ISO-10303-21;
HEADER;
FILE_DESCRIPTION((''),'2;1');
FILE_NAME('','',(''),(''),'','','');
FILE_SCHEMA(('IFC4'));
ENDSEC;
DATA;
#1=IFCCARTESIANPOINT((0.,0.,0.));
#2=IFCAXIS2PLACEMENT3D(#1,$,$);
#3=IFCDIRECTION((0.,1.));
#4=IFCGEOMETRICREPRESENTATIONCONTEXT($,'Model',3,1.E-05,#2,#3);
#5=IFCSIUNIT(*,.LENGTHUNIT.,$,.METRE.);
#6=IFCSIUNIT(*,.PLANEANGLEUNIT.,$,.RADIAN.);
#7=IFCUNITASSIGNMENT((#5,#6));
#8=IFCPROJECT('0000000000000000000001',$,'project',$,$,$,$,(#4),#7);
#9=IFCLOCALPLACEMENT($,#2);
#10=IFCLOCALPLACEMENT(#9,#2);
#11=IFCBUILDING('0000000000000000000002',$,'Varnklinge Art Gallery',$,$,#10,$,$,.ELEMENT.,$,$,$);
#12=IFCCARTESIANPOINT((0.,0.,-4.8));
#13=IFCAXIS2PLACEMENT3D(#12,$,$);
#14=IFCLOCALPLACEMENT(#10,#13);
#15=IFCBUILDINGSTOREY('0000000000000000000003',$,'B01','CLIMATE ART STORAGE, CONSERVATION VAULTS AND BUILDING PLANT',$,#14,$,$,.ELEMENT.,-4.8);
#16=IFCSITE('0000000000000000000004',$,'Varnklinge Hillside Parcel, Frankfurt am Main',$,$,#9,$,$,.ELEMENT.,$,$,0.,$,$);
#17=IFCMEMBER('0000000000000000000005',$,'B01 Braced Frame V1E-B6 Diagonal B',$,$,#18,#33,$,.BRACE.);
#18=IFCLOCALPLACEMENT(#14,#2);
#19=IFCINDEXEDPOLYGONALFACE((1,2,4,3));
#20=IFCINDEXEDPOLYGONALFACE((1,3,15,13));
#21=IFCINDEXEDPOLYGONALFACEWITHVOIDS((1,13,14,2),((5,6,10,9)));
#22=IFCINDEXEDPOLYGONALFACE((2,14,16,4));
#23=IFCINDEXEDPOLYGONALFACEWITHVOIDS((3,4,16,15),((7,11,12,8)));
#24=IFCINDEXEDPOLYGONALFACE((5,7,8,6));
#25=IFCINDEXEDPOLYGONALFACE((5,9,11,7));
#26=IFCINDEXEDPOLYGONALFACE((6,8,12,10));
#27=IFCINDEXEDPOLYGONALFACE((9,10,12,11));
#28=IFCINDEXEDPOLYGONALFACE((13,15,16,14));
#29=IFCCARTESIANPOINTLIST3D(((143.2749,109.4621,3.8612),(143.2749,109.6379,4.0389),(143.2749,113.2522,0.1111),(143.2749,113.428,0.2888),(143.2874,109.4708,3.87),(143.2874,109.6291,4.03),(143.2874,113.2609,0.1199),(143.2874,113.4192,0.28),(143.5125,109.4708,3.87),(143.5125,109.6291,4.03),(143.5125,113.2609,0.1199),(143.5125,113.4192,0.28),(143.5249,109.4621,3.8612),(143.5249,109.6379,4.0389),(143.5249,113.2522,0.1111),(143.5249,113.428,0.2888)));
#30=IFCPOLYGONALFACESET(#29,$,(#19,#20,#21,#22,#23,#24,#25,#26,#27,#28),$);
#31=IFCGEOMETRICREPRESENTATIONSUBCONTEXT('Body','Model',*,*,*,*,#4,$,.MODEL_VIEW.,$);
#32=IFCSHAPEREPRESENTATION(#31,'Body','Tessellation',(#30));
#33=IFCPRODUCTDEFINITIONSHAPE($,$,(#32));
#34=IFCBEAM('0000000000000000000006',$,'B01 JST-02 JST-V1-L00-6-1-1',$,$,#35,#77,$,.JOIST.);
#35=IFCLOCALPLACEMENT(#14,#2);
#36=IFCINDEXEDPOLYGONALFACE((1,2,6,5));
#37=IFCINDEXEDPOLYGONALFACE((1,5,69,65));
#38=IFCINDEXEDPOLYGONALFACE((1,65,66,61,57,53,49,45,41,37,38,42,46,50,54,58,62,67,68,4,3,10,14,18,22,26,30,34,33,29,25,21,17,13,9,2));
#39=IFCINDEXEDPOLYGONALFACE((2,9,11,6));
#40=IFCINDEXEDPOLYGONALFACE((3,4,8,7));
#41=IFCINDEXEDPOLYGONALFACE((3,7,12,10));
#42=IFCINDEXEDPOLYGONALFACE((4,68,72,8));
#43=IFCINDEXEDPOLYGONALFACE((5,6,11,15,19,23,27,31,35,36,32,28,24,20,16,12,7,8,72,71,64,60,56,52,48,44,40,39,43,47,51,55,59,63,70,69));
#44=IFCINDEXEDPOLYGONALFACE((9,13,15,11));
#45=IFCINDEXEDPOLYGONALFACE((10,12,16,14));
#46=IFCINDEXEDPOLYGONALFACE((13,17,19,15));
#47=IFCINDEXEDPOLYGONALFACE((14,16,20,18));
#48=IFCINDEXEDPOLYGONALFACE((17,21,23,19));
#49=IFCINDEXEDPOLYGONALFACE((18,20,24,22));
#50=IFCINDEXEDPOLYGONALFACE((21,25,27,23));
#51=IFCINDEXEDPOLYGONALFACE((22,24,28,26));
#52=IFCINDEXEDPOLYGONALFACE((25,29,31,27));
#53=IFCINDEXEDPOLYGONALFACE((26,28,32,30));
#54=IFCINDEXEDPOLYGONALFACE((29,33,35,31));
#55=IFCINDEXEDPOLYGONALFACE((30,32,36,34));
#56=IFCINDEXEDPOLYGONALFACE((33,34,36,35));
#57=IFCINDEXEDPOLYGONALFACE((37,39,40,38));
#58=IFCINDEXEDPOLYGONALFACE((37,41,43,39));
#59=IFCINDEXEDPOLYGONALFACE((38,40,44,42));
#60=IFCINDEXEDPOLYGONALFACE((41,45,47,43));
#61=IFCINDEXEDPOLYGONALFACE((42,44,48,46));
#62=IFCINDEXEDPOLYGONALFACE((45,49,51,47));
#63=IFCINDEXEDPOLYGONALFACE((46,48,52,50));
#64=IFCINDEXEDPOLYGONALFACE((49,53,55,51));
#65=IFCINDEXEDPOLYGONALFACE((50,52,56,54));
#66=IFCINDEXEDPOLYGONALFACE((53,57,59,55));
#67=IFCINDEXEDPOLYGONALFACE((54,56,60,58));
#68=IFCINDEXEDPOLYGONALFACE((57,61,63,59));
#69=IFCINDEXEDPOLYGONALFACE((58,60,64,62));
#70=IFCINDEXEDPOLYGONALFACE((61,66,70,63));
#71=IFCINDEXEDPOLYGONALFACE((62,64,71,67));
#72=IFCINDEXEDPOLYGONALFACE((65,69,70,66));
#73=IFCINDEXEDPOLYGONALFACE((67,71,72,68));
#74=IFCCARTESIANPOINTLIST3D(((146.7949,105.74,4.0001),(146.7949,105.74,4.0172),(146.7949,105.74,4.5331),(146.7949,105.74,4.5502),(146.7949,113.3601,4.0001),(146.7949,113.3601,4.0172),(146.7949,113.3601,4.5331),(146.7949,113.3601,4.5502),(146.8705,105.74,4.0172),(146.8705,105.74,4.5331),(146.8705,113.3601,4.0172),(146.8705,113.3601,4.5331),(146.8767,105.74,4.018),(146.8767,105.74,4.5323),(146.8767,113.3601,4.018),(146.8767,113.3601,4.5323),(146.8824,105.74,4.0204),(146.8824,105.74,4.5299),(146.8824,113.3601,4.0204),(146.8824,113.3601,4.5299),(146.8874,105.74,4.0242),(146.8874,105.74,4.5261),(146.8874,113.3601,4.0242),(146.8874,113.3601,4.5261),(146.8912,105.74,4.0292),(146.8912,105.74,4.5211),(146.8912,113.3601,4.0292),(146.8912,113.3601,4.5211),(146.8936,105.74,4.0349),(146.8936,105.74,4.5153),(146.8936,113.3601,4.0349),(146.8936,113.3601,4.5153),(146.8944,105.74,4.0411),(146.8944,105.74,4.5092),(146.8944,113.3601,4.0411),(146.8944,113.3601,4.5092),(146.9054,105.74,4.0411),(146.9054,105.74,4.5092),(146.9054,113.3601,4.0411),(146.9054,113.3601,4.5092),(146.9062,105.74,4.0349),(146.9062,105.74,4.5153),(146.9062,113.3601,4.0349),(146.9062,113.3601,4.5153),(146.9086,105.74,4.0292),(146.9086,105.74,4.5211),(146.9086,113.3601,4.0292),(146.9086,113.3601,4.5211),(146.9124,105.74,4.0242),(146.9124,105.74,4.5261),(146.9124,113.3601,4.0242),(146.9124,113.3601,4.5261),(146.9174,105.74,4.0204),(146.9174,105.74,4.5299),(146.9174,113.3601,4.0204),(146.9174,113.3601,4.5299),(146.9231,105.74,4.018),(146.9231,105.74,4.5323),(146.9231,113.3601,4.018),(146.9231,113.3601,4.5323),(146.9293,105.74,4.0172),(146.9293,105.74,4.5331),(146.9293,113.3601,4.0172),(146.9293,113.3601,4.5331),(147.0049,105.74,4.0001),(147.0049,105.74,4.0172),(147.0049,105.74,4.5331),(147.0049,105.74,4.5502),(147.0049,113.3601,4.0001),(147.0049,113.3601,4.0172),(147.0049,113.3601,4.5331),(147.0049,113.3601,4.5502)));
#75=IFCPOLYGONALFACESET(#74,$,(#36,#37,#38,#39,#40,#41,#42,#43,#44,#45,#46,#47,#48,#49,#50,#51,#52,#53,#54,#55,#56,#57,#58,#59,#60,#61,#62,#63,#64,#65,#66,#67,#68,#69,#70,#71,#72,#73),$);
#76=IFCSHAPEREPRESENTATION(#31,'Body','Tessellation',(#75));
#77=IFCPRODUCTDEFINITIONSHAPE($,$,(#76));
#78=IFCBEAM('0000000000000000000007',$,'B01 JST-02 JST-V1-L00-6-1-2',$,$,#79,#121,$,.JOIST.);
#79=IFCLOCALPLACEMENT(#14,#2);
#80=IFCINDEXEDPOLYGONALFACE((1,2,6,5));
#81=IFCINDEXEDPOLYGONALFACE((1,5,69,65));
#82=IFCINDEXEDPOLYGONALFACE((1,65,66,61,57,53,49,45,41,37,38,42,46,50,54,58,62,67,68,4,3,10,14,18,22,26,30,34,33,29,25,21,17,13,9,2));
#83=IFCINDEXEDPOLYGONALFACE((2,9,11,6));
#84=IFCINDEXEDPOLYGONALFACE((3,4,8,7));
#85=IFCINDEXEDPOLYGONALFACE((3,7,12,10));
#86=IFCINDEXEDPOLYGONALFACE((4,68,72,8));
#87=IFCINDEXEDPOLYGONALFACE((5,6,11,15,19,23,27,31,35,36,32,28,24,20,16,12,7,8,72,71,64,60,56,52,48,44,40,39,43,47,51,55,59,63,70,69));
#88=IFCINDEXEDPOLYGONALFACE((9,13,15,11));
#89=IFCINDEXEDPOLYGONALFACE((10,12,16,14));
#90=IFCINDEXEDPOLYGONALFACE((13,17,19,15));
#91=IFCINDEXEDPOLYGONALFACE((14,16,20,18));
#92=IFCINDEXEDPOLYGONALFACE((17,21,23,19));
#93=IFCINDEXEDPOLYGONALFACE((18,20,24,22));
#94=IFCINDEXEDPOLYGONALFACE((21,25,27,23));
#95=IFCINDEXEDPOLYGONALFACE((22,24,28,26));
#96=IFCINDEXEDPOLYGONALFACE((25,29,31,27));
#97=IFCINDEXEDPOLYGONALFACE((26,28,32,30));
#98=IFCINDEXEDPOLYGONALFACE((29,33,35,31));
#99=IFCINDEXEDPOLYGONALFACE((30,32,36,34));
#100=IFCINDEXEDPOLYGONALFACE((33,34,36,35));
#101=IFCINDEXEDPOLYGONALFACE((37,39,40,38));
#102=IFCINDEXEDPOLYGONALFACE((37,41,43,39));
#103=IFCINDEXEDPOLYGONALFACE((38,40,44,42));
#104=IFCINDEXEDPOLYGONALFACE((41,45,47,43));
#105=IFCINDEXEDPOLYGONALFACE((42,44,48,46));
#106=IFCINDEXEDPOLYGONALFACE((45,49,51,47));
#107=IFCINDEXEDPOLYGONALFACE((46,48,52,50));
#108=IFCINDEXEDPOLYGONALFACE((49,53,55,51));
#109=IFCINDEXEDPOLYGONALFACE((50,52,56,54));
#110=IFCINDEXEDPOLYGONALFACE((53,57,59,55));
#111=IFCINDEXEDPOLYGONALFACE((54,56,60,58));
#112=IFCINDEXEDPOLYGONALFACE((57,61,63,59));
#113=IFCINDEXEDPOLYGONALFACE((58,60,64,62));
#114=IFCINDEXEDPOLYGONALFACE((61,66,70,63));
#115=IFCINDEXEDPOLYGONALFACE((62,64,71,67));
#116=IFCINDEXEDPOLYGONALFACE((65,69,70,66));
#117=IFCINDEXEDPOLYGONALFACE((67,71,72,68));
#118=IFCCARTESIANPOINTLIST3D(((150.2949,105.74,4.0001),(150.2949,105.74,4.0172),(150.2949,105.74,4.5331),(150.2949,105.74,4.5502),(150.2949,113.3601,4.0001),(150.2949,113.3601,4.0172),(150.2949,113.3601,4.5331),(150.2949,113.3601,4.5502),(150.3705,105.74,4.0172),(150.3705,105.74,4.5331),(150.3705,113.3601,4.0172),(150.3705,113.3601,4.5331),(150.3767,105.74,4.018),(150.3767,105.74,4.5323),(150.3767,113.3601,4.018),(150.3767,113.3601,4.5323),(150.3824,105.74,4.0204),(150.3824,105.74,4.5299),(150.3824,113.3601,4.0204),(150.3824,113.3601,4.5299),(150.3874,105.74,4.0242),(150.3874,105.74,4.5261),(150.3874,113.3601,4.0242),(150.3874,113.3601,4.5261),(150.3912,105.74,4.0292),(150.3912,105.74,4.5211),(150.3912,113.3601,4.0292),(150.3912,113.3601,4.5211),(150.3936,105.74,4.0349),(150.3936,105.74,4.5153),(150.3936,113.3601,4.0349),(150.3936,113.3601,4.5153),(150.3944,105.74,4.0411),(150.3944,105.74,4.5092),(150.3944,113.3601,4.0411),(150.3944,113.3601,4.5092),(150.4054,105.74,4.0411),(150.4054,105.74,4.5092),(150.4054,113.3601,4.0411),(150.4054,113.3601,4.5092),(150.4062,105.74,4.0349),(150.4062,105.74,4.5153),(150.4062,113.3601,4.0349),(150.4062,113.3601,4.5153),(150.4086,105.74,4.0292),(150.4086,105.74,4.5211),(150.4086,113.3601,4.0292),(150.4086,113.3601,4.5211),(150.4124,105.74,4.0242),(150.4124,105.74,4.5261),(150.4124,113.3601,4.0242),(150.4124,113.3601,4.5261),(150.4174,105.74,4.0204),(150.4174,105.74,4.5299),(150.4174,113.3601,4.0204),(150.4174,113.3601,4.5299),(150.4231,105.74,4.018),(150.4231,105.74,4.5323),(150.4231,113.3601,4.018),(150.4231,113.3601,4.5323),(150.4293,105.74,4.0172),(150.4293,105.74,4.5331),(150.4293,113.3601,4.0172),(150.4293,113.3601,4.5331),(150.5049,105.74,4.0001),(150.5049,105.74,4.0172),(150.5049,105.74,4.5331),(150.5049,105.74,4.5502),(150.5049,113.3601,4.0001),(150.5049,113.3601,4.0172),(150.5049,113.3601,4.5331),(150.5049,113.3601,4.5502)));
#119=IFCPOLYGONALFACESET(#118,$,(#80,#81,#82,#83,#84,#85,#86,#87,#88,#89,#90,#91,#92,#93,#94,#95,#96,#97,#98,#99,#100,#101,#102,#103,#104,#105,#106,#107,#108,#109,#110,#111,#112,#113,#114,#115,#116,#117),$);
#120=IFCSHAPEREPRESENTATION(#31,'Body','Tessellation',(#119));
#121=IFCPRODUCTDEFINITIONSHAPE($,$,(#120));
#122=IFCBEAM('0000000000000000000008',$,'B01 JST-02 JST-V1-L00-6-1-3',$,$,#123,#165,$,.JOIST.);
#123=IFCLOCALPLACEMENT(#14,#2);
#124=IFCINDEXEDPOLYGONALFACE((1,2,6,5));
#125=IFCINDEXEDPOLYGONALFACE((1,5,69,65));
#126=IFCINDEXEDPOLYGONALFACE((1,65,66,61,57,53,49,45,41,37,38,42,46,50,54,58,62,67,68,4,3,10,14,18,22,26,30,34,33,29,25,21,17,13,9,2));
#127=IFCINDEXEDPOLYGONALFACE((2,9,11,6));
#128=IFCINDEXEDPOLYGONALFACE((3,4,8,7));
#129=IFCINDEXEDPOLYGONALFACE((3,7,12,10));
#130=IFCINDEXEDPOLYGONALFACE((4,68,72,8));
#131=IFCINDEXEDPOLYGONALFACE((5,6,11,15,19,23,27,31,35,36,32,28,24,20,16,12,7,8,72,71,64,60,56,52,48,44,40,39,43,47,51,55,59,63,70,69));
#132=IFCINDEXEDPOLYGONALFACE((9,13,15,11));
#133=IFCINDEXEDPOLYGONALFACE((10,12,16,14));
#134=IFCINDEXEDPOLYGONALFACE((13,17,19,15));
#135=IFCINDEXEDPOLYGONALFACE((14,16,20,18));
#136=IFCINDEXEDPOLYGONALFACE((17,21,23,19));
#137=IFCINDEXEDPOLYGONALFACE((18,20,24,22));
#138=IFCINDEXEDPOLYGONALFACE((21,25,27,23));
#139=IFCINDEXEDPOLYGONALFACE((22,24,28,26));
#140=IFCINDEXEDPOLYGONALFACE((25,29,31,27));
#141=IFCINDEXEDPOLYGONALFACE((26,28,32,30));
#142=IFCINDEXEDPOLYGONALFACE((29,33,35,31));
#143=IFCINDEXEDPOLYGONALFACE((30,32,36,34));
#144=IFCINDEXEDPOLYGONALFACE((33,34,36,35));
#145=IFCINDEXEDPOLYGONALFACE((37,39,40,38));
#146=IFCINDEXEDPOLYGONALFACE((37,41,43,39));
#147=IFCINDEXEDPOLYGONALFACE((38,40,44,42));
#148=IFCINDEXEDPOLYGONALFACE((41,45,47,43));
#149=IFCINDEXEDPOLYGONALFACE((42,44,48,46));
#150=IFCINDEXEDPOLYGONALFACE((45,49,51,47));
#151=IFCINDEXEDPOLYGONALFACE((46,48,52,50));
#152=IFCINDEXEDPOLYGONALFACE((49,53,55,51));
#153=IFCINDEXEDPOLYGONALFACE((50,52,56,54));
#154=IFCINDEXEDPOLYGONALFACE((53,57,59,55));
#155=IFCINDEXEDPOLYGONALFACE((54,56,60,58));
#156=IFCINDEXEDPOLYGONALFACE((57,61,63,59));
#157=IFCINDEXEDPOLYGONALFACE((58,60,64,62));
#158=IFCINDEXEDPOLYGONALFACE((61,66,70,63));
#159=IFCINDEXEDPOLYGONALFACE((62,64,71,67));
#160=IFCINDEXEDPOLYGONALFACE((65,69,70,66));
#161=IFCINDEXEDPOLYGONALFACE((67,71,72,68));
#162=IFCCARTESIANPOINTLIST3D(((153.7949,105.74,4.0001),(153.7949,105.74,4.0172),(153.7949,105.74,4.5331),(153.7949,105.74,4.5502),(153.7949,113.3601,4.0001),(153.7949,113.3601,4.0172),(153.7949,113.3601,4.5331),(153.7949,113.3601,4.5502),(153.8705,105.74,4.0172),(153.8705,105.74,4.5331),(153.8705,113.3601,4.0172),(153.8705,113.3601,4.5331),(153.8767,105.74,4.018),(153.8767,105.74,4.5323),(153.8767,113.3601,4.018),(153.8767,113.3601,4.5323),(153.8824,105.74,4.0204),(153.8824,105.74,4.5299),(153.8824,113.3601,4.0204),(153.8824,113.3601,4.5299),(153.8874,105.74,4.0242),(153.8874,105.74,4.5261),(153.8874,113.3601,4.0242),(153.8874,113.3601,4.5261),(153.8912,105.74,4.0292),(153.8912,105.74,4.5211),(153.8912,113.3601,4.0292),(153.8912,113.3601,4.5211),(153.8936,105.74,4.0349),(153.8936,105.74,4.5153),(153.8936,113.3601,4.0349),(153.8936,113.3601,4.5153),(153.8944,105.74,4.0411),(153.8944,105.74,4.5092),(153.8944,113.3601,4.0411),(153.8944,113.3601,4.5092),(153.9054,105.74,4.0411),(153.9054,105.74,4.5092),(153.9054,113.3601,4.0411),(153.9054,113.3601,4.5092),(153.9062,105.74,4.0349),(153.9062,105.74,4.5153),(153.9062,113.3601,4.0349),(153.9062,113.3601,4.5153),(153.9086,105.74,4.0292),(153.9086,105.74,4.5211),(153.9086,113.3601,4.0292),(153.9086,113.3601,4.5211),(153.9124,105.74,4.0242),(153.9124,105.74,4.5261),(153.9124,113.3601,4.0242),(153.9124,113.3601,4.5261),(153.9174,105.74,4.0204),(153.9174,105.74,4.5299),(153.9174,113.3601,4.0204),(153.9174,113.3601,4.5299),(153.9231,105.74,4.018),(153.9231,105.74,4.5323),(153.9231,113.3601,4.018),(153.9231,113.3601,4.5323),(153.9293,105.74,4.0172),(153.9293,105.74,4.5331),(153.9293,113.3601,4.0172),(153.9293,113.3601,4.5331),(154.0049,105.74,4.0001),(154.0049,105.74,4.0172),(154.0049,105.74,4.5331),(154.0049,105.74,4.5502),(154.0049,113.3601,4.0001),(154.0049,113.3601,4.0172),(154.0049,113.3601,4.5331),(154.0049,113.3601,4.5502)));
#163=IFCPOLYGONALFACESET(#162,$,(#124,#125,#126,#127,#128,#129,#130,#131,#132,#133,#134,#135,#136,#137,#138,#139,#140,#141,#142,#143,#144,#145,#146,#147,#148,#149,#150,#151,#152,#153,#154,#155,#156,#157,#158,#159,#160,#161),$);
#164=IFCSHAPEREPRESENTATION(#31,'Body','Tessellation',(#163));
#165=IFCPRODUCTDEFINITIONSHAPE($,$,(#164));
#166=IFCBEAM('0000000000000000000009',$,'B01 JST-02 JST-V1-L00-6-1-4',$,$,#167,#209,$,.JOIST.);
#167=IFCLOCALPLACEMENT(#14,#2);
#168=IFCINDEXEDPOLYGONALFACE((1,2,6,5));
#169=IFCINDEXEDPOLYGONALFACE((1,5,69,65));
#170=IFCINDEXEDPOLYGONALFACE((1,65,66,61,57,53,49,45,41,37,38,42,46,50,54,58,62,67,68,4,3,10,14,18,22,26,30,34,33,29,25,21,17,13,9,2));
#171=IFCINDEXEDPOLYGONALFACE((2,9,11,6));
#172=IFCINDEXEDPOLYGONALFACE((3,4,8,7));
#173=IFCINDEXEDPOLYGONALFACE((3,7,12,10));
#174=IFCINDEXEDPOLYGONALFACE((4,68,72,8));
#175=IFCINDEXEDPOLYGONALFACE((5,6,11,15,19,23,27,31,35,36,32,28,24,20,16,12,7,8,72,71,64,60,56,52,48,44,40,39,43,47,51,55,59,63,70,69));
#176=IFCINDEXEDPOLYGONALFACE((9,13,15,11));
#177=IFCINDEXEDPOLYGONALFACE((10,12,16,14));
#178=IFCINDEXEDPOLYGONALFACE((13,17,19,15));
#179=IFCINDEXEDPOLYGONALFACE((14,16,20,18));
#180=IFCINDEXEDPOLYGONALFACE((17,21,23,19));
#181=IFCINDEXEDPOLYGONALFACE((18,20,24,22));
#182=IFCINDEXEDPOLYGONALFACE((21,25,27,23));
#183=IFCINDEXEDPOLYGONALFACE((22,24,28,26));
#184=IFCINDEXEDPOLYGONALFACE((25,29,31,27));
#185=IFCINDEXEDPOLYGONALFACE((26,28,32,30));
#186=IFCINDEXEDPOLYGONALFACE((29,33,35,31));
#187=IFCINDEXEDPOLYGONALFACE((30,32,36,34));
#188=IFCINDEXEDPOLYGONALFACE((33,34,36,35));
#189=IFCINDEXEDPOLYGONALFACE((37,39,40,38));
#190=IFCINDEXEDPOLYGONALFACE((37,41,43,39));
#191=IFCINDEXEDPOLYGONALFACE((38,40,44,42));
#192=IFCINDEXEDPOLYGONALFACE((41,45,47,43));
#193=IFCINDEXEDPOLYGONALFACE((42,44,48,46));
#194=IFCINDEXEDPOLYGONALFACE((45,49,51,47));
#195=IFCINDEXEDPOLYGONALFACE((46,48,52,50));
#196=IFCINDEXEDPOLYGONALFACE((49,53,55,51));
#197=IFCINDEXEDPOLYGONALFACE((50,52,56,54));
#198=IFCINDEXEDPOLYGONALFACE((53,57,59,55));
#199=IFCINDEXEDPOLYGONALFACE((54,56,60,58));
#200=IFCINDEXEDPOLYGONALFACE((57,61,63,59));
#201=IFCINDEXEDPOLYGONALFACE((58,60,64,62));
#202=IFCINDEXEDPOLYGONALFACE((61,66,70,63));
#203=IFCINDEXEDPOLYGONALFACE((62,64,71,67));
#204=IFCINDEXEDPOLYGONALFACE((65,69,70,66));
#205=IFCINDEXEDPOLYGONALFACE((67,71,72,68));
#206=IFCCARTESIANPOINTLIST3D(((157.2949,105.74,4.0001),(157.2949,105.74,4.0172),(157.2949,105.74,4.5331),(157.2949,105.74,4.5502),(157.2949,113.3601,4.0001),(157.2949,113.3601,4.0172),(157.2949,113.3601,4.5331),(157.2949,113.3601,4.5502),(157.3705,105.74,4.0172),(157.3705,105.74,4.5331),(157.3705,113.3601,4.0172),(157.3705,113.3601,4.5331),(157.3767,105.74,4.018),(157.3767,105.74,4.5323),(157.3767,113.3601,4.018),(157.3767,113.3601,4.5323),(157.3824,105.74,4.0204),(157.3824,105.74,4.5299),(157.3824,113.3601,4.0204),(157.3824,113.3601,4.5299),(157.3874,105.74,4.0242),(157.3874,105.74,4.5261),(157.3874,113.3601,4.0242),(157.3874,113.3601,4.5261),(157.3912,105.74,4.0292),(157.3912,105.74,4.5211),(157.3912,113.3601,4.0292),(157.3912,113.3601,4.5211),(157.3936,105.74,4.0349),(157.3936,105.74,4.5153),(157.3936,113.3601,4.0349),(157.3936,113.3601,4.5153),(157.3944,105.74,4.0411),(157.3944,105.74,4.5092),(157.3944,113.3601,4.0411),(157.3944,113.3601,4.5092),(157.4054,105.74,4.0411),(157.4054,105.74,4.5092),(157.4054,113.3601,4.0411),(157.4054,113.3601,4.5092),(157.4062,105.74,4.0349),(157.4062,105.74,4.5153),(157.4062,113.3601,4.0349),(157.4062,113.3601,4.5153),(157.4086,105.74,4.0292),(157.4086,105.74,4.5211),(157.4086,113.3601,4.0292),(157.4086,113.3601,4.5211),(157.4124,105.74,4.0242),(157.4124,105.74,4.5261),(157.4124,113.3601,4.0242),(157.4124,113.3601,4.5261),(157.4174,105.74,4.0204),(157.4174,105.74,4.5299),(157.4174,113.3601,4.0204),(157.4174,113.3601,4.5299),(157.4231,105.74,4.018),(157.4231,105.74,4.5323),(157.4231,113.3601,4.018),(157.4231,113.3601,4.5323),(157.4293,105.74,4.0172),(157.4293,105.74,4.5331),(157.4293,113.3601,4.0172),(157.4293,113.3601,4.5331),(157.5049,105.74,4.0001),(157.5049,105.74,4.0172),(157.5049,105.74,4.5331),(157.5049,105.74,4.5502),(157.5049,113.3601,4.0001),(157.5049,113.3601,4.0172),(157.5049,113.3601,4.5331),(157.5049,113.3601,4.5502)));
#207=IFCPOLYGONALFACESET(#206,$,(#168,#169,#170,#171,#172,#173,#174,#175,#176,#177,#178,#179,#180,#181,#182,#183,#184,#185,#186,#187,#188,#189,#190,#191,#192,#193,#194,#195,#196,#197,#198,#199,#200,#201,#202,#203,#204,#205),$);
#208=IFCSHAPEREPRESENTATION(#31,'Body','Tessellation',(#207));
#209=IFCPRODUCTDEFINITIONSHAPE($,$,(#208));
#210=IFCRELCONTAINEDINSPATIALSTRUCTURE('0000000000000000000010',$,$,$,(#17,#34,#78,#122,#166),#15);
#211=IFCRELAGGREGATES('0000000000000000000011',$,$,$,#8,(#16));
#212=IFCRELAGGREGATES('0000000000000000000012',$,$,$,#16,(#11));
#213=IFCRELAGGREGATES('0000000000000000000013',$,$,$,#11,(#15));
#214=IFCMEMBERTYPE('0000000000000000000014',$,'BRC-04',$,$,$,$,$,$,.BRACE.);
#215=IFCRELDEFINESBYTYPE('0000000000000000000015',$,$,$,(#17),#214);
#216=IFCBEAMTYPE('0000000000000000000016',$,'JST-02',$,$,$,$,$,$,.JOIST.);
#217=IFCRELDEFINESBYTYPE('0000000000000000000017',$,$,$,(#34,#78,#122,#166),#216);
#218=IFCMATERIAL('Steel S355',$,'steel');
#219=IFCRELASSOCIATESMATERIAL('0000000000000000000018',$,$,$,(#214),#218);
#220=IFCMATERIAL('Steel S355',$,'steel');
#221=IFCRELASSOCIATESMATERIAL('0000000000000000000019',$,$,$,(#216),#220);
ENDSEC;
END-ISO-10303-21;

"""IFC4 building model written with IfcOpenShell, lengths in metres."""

from ifc_helpers import new_model, si_unit, direction, frame, origin, origin_2d, place, context, subcontext, project, spatial, hollow_rectangle, i_section, extrude, material, material_profile, profile_set, type_object, element, save


model = new_model("IFC4")

# Units and contexts
model_context = context("Model", 3, precision=1e-05, world=origin(), true_north=direction((0.0, 1.0)))
body_context = subcontext(model_context, "Body", "Model", "MODEL_VIEW")
ifc_project = project(units=[si_unit("LENGTHUNIT", "METRE"), si_unit("PLANEANGLEUNIT", "RADIAN")], contexts=[model_context])

# Site, building, storey
site_placement = place(None, origin())
site = spatial("IfcSite", under=ifc_project, at=site_placement, Name="Varnklinge Hillside Parcel, Frankfurt am Main", CompositionType="ELEMENT", RefElevation=0.0)
building_placement = place(site_placement, origin())
building = spatial("IfcBuilding", under=site, at=building_placement, Name="Varnklinge Art Gallery", CompositionType="ELEMENT")
storey_placement = place(building_placement, frame((0.0, 0.0, -4.8)))
storey = spatial("IfcBuildingStorey", under=building, at=storey_placement, Name="B01", Description="CLIMATE ART STORAGE, CONSERVATION VAULTS AND BUILDING PLANT", CompositionType="ELEMENT", Elevation=-4.8)

# Member
ifc_material_1 = material(Name="Steel S355", Category="steel")
ifc_material_profile_1 = material_profile(ifc_material_1, hollow_rectangle(XDim=0.25, YDim=0.25, WallThickness=0.0125, at=origin_2d()), Name="SHS 250x250x12.5")
ifc_profile_set_1 = profile_set([ifc_material_profile_1], Name="Steel S355")
member_type = type_object("IfcMemberType", Name="BRC-04", PredefinedType="BRACE", material=ifc_profile_set_1)
member_placement = place(storey_placement, frame((143.3999, 113.3401, 0.2), z_axis=(0.0, -0.710852, 0.703342), x_axis=(1.0, 0.0, 0.0)))
element("IfcMember", 1, at=member_placement, inside=storey, type_object=member_type, Name="B01 Braced Frame V1E-B6 Diagonal B", PredefinedType="BRACE", context=body_context, shape_type="SweptSolid", body=[
    extrude(hollow_rectangle(XDim=0.25, YDim=0.25, WallThickness=0.0125, at=origin_2d()), origin(), (0.0, 0.0, 1.0), 5.3318),
])

# Beams
ifc_material_2 = material(Name="Steel S355", Category="steel")
ifc_material_profile_2 = material_profile(ifc_material_2, i_section(OverallWidth=0.21, OverallDepth=0.55, WebThickness=0.011, FlangeThickness=0.0171, FilletRadius=0.0239, at=origin_2d()), Name="IPE 550")
ifc_profile_set_2 = profile_set([ifc_material_profile_2], Name="Steel S355")
beam_type_1 = type_object("IfcBeamType", Name="JST-02", PredefinedType="JOIST", material=ifc_profile_set_2)
for number, where, z_axis, x_axis, name in (
    (2, (146.8999, 105.74, 4.2751), (0.0, 1.0, 0.0), (-1.0, 0.0, 0.0), "B01 JST-02 JST-V1-L00-6-1-1"),
    (3, (150.3999, 105.74, 4.2751), (0.0, 1.0, 0.0), (-1.0, 0.0, 0.0), "B01 JST-02 JST-V1-L00-6-1-2"),
    (4, (153.8999, 105.74, 4.2751), (0.0, 1.0, 0.0), (-1.0, 0.0, 0.0), "B01 JST-02 JST-V1-L00-6-1-3"),
    (5, (157.3999, 105.74, 4.2751), (0.0, 1.0, 0.0), (-1.0, 0.0, 0.0), "B01 JST-02 JST-V1-L00-6-1-4"),
):
    element("IfcBeam", number, at=place(storey_placement, frame(where, z_axis=z_axis, x_axis=x_axis)), inside=storey, type_object=beam_type_1, Name=name, PredefinedType="JOIST", context=body_context, shape_type="SweptSolid", body=[
        extrude(i_section(OverallWidth=0.21, OverallDepth=0.55, WebThickness=0.011, FlangeThickness=0.0171, FilletRadius=0.0239, at=origin_2d()), origin(), (0.0, 0.0, 1.0), 7.6201),
    ])

save(model, "model.ifc")
